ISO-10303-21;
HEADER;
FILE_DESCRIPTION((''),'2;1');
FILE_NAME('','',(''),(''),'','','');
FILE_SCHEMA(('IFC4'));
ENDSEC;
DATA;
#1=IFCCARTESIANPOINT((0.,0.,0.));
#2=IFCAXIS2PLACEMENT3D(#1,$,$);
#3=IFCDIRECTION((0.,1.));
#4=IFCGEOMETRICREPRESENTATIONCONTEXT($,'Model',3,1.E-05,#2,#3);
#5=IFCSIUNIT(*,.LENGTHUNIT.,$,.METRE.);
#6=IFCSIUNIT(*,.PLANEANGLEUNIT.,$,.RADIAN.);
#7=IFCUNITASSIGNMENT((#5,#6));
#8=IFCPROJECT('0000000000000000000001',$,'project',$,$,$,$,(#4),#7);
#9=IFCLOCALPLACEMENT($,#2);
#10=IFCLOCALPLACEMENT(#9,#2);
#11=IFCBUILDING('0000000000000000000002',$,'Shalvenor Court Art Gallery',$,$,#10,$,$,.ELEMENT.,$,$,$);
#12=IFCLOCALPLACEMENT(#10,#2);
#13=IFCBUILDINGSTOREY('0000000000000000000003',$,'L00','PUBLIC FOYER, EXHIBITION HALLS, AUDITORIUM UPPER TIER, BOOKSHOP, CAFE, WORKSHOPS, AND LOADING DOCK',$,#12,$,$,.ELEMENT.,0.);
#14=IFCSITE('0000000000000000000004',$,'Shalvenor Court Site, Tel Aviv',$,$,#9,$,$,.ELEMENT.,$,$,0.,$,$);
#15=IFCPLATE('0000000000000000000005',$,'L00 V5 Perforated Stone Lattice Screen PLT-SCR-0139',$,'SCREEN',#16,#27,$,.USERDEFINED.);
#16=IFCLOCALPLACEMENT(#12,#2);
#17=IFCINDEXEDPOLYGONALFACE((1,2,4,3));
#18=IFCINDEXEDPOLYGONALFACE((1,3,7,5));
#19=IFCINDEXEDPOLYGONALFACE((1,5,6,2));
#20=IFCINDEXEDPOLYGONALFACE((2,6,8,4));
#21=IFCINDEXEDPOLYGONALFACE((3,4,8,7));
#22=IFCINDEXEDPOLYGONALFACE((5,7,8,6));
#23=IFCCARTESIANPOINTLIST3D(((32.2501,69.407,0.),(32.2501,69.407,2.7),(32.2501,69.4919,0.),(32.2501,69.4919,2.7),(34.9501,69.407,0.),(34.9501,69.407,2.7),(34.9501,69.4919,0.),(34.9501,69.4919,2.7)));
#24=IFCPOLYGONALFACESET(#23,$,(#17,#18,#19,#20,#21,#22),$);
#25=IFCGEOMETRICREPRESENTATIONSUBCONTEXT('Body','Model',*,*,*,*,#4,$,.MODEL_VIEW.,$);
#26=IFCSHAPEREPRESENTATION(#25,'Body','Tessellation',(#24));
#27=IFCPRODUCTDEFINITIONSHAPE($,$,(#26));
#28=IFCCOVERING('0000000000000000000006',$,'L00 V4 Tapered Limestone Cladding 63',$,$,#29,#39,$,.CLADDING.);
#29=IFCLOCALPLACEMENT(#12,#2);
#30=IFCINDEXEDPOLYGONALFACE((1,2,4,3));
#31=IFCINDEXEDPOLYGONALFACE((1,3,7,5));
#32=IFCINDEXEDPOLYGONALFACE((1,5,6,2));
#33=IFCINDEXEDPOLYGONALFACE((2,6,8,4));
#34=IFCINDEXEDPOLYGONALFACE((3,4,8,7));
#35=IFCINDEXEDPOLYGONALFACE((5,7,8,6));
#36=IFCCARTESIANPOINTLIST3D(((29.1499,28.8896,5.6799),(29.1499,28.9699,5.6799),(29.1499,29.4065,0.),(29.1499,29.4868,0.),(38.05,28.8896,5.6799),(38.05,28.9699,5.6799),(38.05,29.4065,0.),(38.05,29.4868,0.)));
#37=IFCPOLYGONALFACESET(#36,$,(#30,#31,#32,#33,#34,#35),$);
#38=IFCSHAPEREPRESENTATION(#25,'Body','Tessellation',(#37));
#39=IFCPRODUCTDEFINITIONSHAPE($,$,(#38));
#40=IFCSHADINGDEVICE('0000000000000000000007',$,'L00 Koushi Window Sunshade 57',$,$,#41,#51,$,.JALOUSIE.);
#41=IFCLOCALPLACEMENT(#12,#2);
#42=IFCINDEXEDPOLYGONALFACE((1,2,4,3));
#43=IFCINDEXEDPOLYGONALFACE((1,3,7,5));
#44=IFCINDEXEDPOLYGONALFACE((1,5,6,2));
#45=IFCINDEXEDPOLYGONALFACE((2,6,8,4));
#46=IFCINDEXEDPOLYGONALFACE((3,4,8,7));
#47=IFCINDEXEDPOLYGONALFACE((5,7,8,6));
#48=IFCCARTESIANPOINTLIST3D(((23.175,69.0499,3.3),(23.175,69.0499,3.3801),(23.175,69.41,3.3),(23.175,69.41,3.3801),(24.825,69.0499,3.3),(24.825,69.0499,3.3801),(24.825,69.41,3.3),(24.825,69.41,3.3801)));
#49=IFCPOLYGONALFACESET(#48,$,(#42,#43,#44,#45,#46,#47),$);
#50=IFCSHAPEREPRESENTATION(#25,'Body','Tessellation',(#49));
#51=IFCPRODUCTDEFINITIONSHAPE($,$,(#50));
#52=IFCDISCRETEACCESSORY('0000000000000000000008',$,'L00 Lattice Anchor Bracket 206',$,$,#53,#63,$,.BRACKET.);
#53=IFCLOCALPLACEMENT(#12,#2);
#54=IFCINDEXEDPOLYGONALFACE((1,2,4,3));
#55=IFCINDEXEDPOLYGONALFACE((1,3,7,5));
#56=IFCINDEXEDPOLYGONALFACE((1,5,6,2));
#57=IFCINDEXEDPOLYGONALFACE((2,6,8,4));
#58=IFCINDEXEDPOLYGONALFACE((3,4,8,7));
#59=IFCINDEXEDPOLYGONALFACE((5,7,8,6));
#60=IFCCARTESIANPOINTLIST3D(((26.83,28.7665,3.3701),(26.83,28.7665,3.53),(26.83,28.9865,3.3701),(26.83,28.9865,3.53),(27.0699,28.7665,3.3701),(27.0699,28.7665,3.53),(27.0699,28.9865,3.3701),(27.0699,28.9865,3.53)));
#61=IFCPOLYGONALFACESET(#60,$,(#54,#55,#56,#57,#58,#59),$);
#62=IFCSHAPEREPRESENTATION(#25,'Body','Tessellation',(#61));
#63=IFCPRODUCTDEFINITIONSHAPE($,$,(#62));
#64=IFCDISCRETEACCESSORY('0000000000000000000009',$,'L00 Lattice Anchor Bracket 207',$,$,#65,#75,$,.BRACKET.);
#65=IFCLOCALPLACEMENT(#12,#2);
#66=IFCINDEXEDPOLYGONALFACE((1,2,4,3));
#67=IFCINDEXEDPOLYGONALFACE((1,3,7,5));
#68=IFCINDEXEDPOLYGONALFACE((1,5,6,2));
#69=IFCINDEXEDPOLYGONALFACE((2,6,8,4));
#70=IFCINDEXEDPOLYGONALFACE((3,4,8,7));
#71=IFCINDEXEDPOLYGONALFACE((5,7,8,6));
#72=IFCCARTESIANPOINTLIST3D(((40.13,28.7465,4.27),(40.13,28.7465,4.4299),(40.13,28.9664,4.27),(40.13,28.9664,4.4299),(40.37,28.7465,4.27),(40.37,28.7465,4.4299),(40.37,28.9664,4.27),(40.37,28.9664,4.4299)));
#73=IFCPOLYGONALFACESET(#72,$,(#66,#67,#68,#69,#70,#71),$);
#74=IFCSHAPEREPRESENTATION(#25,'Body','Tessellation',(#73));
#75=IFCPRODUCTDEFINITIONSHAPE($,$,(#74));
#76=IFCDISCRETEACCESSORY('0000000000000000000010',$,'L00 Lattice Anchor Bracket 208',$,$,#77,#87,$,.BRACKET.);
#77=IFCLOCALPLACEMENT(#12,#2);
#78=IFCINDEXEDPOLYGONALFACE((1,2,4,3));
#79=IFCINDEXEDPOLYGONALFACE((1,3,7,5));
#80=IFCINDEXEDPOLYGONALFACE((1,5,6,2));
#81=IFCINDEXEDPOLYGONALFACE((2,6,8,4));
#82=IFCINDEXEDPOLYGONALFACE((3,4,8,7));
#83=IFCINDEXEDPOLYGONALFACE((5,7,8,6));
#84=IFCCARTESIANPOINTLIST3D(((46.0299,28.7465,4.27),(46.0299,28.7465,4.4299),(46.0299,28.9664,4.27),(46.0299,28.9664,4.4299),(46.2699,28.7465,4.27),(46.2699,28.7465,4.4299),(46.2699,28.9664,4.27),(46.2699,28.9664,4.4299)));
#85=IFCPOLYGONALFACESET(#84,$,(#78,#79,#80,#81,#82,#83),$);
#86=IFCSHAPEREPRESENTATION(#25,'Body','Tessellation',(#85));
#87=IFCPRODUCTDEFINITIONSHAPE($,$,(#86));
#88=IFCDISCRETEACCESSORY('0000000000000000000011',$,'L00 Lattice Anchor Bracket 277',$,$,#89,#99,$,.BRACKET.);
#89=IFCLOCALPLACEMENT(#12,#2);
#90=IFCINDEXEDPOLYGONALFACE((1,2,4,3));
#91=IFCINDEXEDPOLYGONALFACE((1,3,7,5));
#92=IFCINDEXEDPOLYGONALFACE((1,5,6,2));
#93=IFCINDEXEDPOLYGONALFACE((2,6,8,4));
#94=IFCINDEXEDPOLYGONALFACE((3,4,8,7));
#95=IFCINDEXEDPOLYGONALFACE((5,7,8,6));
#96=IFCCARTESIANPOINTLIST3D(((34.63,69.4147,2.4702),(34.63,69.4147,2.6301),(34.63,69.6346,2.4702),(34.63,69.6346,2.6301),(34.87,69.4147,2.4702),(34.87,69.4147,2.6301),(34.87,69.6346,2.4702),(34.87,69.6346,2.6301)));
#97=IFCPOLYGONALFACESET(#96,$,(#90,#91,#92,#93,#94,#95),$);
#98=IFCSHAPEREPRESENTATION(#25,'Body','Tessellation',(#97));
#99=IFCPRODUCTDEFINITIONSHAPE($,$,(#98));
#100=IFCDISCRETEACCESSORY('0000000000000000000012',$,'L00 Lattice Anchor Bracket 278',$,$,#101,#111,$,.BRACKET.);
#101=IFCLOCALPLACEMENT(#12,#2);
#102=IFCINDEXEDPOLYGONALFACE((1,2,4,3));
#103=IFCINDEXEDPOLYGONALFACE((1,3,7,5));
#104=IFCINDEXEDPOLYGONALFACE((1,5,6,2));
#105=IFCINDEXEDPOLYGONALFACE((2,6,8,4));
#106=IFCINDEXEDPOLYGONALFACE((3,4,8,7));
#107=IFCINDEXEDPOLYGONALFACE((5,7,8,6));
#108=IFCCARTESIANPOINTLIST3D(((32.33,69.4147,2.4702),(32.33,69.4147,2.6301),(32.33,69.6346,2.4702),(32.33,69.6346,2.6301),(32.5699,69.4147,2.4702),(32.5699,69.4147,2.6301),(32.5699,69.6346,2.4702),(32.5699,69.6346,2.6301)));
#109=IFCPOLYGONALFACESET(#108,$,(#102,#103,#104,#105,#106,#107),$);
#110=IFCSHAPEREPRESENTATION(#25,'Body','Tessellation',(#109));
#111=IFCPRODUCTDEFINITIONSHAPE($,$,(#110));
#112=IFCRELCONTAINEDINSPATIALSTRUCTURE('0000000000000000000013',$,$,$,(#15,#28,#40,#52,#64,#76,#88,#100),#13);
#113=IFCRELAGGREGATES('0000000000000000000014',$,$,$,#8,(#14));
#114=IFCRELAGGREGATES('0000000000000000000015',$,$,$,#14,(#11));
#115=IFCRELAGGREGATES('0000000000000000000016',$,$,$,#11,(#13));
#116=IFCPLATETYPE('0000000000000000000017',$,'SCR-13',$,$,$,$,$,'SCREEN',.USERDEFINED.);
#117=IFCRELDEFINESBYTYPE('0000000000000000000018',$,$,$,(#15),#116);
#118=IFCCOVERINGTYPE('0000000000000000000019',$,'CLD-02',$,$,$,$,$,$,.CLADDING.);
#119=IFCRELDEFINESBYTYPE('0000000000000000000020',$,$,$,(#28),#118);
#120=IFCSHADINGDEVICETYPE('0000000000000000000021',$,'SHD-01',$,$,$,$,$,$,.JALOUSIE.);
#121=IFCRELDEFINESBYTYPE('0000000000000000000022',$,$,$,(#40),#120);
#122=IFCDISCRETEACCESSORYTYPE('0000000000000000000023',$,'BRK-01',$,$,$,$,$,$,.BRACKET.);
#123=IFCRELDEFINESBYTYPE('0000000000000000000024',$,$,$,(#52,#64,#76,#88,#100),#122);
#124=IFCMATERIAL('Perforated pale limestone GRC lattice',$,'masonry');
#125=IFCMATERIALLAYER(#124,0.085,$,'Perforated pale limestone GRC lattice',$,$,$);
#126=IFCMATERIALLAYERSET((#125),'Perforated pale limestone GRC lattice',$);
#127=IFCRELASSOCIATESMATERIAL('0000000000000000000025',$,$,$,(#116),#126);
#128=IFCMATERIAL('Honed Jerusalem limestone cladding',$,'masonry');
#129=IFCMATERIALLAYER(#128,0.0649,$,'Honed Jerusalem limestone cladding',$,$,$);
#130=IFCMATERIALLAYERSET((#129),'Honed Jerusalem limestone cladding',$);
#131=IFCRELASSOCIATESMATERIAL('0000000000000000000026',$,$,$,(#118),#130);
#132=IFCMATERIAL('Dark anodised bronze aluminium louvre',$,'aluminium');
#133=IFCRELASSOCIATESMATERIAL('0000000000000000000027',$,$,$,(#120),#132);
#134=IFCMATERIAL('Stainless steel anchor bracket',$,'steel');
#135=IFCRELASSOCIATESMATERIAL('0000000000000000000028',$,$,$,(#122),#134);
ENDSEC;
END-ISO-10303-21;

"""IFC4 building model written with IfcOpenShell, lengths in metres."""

from ifc_helpers import new_model, si_unit, direction, frame, origin, origin_2d, place, context, subcontext, project, spatial, polyline, rectangle, outline, extrude, material, layer, layer_set, type_object, element, save


model = new_model("IFC4")

# Units and contexts
model_context = context("Model", 3, precision=1e-05, world=origin(), true_north=direction((0.0, 1.0)))
body_context = subcontext(model_context, "Body", "Model", "MODEL_VIEW")
ifc_project = project(units=[si_unit("LENGTHUNIT", "METRE"), si_unit("PLANEANGLEUNIT", "RADIAN")], contexts=[model_context])

# Site, building, storey
site_placement = place(None, origin())
site = spatial("IfcSite", under=ifc_project, at=site_placement, Name="Shalvenor Court Site, Tel Aviv", CompositionType="ELEMENT", RefElevation=0.0)
building_placement = place(site_placement, origin())
building = spatial("IfcBuilding", under=site, at=building_placement, Name="Shalvenor Court Art Gallery", CompositionType="ELEMENT")
storey_placement = place(building_placement, origin())
storey = spatial("IfcBuildingStorey", under=building, at=storey_placement, Name="L00", Description="PUBLIC FOYER, EXHIBITION HALLS, AUDITORIUM UPPER TIER, BOOKSHOP, CAFE, WORKSHOPS, AND LOADING DOCK", CompositionType="ELEMENT", Elevation=0.0)

# Plate
ifc_material_1 = material(Name="Perforated pale limestone GRC lattice", Category="masonry")
ifc_layer_1 = layer(ifc_material_1, 0.085, Name="Perforated pale limestone GRC lattice")
ifc_layer_set_1 = layer_set([ifc_layer_1], Name="Perforated pale limestone GRC lattice")
plate_type_1 = type_object("IfcPlateType", Name="SCR-13", ElementType="SCREEN", PredefinedType="USERDEFINED", material=ifc_layer_set_1)
plate_1_placement = place(storey_placement, frame((33.6001, 69.4495, 0.0), z_axis=(0.0, 0.0, 1.0), x_axis=(-1.0, 0.0, 0.0)))
element("IfcPlate", 1, at=plate_1_placement, inside=storey, type_object=plate_type_1, Name="L00 V5 Perforated Stone Lattice Screen PLT-SCR-0139", ObjectType="SCREEN", PredefinedType="USERDEFINED", context=body_context, shape_type="SweptSolid", body=[
    extrude(rectangle(XDim=2.7, YDim=0.085, at=origin_2d()), origin(), (0.0, 0.0, 1.0), 2.7),
])

# Covering
ifc_material_2 = material(Name="Honed Jerusalem limestone cladding", Category="masonry")
ifc_layer_2 = layer(ifc_material_2, 0.0649, Name="Honed Jerusalem limestone cladding")
ifc_layer_set_2 = layer_set([ifc_layer_2], Name="Honed Jerusalem limestone cladding")
covering_type = type_object("IfcCoveringType", Name="CLD-02", PredefinedType="CLADDING", material=ifc_layer_set_2)
covering_placement = place(storey_placement, frame((38.05, 29.4868, 0.0), z_axis=(0.0, 0.0, 1.0), x_axis=(-1.0, 0.0, 0.0)))
element("IfcCovering", 2, at=covering_placement, inside=storey, type_object=covering_type, Name="L00 V4 Tapered Limestone Cladding 63", PredefinedType="CLADDING", context=body_context, shape_type="SweptSolid", body=[
    extrude(outline(polyline([(0.0, 0.0), (8.9001, 0.0), (8.9001, 5.7034), (0.0, 5.7034), (0.0, 0.0)])), frame((0.0, 0.0, 0.0), z_axis=(0.0, -0.995884, 0.090633), x_axis=(1.0, 0.0, 0.0)), (0.0, 0.090633, -0.995884), 0.0803),
])

# Shading device
ifc_material_3 = material(Name="Dark anodised bronze aluminium louvre", Category="aluminium")
shading_device_type = type_object("IfcShadingDeviceType", Name="SHD-01", PredefinedType="JALOUSIE", material=ifc_material_3)
shading_device_placement = place(storey_placement, frame((24.0, 69.23, 3.3), z_axis=(0.0, 0.0, 1.0), x_axis=(-1.0, 0.0, 0.0)))
element("IfcShadingDevice", 3, at=shading_device_placement, inside=storey, type_object=shading_device_type, Name="L00 Koushi Window Sunshade 57", PredefinedType="JALOUSIE", context=body_context, shape_type="SweptSolid", body=[
    extrude(rectangle(XDim=1.6499, YDim=0.3601, at=origin_2d()), origin(), (0.0, 0.0, 1.0), 0.0801),
])

# Discrete accessories
ifc_material_4 = material(Name="Stainless steel anchor bracket", Category="steel")
discrete_accessory_type = type_object("IfcDiscreteAccessoryType", Name="BRK-01", PredefinedType="BRACKET", material=ifc_material_4)
for number, where, z_axis, x_axis, name in (
    (4, (26.95, 28.8765, 3.3701), (0.0, 0.0, 1.0), (1.0, 0.0, 0.0), "L00 Lattice Anchor Bracket 206"),
    (5, (40.25, 28.8564, 4.27), (0.0, 0.0, 1.0), (1.0, 0.0, 0.0), "L00 Lattice Anchor Bracket 207"),
    (6, (46.1499, 28.8564, 4.27), (0.0, 0.0, 1.0), (1.0, 0.0, 0.0), "L00 Lattice Anchor Bracket 208"),
    (7, (34.75, 69.5247, 2.4702), (0.0, 0.0, 1.0), (-1.0, 0.0, 0.0), "L00 Lattice Anchor Bracket 277"),
    (8, (32.45, 69.5247, 2.4702), (0.0, 0.0, 1.0), (-1.0, 0.0, 0.0), "L00 Lattice Anchor Bracket 278"),
):
    element("IfcDiscreteAccessory", number, at=place(storey_placement, frame(where, z_axis=z_axis, x_axis=x_axis)), inside=storey, type_object=discrete_accessory_type, Name=name, PredefinedType="BRACKET", context=body_context, shape_type="SweptSolid", body=[
        extrude(rectangle(XDim=0.24, YDim=0.22, at=origin_2d()), origin(), (0.0, 0.0, 1.0), 0.1599),
    ])

save(model, "model.ifc")
